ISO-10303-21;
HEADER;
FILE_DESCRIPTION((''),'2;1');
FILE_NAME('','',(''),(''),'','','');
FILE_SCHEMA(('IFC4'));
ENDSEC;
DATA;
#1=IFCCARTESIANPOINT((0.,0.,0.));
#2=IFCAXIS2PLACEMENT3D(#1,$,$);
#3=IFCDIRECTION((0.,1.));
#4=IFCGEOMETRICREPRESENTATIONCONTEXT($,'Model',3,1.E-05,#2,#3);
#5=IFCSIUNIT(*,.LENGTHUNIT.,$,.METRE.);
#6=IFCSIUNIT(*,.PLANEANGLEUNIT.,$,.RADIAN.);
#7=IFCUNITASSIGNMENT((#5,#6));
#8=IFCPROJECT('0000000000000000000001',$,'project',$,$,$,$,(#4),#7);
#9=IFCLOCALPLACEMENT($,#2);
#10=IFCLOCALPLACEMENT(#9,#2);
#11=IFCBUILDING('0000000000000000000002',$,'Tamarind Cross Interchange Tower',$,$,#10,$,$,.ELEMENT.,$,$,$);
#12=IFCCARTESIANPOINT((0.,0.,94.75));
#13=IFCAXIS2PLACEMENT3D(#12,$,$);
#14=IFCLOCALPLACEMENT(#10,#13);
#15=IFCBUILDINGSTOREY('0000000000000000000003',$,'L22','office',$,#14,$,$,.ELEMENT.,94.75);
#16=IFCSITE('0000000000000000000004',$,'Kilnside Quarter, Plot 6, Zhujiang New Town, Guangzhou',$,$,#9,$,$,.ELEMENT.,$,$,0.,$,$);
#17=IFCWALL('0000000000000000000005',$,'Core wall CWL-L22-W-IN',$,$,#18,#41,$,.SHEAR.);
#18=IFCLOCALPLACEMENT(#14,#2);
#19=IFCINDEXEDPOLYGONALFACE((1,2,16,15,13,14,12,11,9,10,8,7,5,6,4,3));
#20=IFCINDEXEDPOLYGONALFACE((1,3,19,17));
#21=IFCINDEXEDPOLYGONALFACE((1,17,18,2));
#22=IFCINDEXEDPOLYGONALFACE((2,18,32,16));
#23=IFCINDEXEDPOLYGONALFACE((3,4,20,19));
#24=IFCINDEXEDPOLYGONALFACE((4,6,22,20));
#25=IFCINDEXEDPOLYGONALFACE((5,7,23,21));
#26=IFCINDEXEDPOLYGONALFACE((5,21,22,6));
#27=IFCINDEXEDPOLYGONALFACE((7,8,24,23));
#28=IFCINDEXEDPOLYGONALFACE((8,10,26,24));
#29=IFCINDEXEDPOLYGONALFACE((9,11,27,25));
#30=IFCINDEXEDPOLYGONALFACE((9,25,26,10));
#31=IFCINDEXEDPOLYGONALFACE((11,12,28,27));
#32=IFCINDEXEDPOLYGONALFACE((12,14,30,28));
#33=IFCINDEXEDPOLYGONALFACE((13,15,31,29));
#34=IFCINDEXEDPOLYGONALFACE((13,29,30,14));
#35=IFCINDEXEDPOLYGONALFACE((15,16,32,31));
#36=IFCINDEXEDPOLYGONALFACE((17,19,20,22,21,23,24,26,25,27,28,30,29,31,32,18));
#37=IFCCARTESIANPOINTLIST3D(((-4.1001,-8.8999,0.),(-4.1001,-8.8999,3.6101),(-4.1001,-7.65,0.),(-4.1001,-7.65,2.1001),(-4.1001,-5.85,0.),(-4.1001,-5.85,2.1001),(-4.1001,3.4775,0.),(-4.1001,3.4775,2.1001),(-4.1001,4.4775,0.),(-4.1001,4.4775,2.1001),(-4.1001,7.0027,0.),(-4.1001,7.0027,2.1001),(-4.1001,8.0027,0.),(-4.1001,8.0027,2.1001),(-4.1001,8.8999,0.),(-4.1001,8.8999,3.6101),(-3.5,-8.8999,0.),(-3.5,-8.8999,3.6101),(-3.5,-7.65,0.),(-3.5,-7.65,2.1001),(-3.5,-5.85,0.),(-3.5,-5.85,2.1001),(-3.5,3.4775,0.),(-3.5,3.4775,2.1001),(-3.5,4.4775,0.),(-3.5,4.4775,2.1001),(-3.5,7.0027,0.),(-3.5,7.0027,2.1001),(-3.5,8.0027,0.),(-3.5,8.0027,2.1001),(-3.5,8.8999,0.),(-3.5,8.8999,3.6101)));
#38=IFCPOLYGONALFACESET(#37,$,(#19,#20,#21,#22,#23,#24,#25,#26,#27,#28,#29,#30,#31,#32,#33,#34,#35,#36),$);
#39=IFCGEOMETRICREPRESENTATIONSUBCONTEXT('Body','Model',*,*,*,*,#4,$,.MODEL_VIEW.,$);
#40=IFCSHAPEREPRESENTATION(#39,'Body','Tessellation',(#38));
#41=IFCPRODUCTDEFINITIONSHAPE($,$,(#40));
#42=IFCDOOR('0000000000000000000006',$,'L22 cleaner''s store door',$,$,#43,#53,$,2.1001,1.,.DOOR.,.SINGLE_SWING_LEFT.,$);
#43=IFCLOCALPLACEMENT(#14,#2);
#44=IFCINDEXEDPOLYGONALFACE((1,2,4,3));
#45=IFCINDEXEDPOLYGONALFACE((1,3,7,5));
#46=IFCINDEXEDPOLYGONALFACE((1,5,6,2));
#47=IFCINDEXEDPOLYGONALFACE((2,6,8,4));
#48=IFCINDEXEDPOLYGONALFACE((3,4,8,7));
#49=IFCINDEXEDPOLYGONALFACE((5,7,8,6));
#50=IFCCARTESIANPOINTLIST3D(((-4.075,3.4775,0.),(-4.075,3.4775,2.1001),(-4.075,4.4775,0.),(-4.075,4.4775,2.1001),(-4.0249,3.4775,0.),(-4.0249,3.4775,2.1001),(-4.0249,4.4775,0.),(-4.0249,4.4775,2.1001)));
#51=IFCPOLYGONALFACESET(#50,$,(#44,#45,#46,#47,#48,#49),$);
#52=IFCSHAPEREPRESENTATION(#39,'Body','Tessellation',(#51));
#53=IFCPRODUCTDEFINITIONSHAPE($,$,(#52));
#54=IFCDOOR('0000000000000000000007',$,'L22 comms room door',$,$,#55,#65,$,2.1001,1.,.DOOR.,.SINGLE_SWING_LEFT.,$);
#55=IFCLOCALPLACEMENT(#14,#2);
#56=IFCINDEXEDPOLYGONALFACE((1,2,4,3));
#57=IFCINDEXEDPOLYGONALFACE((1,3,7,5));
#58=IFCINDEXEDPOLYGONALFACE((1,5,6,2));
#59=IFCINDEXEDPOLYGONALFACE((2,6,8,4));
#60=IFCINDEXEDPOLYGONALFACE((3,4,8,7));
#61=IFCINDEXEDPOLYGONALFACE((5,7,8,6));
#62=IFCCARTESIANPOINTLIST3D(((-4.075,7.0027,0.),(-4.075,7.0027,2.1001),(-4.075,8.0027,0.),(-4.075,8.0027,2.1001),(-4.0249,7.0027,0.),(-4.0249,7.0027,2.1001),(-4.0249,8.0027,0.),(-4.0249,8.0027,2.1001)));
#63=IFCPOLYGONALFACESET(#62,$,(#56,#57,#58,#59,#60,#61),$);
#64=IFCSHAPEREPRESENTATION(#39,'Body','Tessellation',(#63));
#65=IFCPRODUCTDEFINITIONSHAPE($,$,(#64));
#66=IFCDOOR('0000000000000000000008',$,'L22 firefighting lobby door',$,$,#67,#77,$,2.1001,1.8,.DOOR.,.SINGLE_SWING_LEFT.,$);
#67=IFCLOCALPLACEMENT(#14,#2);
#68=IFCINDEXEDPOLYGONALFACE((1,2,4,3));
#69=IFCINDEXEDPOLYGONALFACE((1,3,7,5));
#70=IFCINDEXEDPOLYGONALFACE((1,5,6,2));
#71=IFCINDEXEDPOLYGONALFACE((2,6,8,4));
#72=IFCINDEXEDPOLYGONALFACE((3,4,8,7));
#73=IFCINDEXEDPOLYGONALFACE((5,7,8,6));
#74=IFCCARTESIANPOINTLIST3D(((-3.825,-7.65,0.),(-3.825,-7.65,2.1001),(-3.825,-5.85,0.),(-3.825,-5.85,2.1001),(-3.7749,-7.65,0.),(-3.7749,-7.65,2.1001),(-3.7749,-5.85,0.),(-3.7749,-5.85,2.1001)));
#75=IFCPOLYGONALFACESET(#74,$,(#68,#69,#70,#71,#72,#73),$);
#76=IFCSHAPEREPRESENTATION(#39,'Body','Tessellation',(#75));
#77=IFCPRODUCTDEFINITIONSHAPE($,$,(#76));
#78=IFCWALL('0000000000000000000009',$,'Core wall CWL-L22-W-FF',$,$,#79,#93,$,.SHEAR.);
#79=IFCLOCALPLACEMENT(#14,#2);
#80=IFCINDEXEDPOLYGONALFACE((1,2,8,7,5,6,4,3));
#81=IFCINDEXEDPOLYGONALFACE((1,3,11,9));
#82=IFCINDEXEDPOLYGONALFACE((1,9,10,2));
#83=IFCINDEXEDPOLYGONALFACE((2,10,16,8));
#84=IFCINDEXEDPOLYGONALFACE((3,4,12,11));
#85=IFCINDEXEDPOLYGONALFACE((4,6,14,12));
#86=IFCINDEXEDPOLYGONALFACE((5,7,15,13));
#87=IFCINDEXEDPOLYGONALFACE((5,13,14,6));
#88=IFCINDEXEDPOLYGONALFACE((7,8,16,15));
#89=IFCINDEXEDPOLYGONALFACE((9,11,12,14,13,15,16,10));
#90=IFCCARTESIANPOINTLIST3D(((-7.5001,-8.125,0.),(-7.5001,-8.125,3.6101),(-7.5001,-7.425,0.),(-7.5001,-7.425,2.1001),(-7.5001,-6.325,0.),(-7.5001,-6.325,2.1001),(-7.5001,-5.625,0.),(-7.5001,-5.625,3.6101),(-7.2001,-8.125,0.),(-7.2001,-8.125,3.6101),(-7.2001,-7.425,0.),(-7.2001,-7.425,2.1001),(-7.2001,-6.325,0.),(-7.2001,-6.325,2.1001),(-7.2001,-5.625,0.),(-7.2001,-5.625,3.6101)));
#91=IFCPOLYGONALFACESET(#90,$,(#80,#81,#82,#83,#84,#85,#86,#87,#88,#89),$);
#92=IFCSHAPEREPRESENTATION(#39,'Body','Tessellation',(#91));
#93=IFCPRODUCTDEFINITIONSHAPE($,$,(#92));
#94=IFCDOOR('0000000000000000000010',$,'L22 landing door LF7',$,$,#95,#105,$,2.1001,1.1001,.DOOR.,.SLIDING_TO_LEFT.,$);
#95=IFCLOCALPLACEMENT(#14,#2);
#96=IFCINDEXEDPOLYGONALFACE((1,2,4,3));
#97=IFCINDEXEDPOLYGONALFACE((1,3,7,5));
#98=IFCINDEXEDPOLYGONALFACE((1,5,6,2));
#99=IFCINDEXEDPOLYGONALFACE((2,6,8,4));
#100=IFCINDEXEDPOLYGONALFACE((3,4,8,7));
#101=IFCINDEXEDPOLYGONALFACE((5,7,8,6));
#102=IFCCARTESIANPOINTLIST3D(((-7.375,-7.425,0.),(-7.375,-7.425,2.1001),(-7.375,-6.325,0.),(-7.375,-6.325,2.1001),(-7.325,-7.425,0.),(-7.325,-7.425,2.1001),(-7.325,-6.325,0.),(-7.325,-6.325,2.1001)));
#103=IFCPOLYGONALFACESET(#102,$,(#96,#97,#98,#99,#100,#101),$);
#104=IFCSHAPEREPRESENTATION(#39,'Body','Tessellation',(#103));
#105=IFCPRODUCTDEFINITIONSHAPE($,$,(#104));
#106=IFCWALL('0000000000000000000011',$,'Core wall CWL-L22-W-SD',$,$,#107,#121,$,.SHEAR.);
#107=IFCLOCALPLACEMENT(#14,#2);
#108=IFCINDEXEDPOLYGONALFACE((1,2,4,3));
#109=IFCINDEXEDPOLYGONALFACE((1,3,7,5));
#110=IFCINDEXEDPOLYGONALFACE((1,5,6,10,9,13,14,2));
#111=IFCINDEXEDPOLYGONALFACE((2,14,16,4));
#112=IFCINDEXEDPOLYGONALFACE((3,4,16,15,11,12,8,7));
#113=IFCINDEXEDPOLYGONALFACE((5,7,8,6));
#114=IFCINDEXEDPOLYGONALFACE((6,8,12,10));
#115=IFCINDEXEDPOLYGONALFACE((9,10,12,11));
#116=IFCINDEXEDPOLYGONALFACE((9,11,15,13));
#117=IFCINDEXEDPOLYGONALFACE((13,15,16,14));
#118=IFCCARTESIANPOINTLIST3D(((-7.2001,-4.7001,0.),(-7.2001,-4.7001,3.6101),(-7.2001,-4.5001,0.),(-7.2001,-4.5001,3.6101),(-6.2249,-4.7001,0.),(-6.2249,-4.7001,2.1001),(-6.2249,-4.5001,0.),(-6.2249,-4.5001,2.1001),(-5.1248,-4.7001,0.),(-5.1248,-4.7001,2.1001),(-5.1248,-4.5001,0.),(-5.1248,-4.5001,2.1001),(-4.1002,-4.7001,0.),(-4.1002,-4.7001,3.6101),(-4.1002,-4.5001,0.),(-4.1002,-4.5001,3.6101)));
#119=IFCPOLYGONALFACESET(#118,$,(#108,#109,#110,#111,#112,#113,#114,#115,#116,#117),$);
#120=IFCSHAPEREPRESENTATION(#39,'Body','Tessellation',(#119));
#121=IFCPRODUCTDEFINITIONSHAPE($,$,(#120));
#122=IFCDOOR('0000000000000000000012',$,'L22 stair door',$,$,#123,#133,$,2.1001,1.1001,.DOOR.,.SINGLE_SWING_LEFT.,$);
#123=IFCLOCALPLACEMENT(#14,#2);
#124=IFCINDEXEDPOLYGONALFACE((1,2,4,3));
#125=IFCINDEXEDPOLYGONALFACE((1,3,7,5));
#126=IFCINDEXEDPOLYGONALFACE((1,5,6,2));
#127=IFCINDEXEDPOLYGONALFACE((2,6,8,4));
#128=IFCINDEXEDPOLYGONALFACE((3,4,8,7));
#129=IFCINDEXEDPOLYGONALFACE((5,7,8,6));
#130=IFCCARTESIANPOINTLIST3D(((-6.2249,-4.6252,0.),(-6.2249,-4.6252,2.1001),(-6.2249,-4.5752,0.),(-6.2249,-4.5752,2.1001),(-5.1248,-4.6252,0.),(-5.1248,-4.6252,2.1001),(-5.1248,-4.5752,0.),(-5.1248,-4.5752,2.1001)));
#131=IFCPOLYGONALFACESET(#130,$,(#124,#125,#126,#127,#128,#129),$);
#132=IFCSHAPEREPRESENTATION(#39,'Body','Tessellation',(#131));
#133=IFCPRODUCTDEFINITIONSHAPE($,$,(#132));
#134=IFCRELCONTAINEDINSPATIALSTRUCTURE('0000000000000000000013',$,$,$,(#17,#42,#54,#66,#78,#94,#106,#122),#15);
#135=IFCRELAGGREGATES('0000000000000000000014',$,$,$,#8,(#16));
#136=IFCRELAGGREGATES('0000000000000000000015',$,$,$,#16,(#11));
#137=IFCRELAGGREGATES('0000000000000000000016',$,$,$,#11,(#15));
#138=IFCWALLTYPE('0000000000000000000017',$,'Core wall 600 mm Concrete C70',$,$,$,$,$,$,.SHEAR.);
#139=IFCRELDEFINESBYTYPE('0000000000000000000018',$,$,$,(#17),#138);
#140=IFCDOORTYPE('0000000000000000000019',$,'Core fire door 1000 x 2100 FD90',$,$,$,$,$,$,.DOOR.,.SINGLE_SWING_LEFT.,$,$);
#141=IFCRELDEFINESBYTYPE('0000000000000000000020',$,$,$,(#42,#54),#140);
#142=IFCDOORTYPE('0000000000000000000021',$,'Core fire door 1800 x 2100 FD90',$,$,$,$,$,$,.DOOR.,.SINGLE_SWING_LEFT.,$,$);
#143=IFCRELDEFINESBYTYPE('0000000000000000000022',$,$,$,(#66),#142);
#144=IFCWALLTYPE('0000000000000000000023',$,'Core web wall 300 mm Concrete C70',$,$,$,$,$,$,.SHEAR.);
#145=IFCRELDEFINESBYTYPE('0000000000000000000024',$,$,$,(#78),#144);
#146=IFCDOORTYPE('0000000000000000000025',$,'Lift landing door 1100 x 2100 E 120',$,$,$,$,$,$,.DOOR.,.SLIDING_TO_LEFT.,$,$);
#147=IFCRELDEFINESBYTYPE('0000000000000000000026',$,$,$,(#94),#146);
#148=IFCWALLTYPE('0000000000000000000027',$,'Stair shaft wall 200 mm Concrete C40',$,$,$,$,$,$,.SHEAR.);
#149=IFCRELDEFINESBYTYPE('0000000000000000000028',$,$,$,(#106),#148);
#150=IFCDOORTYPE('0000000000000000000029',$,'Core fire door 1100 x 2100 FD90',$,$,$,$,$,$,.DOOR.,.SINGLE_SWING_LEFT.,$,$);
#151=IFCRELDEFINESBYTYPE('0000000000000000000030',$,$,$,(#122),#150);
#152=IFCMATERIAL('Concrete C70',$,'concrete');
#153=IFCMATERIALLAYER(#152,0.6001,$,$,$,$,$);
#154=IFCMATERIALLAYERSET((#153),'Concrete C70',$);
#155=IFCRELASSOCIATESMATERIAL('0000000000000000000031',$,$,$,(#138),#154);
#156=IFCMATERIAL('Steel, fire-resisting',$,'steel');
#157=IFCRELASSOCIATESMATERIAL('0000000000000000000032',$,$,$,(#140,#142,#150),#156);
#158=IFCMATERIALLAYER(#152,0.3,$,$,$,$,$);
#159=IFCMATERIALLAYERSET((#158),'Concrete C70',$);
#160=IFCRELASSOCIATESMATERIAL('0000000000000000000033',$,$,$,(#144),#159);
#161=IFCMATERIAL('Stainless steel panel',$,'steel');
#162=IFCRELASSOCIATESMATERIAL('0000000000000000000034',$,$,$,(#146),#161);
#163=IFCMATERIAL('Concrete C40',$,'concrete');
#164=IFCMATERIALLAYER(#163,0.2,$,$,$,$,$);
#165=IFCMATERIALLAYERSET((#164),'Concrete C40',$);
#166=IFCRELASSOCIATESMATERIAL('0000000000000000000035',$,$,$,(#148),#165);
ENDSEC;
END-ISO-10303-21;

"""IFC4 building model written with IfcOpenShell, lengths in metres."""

from ifc_helpers import new_model, si_unit, direction, frame, frame_2d, origin, place, context, subcontext, project, spatial, rectangle, extrude, material, layer, layer_set, type_object, element, fill, save


model = new_model("IFC4")

# Units and contexts
model_context = context("Model", 3, precision=1e-05, world=origin(), true_north=direction((0.0, 1.0)))
body_context = subcontext(model_context, "Body", "Model", "MODEL_VIEW")
ifc_project = project(units=[si_unit("LENGTHUNIT", "METRE"), si_unit("PLANEANGLEUNIT", "RADIAN")], contexts=[model_context])

# Site, building, storey
site_placement = place(None, origin())
site = spatial("IfcSite", under=ifc_project, at=site_placement, Name="Kilnside Quarter, Plot 6, Zhujiang New Town, Guangzhou", CompositionType="ELEMENT", RefElevation=0.0)
building_placement = place(site_placement, origin())
building = spatial("IfcBuilding", under=site, at=building_placement, Name="Tamarind Cross Interchange Tower", CompositionType="ELEMENT")
storey_placement = place(building_placement, frame((0.0, 0.0, 94.75)))
storey = spatial("IfcBuildingStorey", under=building, at=storey_placement, Name="L22", Description="office", CompositionType="ELEMENT", Elevation=94.75)

# Wall, openings, doors
ifc_material_1 = material(Name="Concrete C70", Category="concrete")
ifc_layer_1 = layer(ifc_material_1, 0.6001)
ifc_layer_set_1 = layer_set([ifc_layer_1], Name="Concrete C70")
wall_type_1 = type_object("IfcWallType", Name="Core wall 600 mm Concrete C70", PredefinedType="SHEAR", material=ifc_layer_set_1)
wall_1_placement = place(storey_placement, frame((-3.8, -8.8999, 0.0), z_axis=(0.0, 0.0, 1.0), x_axis=(0.0, 1.0, 0.0)))
wall_1 = element("IfcWall", 1, at=wall_1_placement, inside=storey, type_object=wall_type_1, Name="Core wall CWL-L22-W-IN", PredefinedType="SHEAR", context=body_context, shape_type="SweptSolid", body=[
    extrude(rectangle(XDim=17.7998, YDim=0.6001, at=frame_2d((8.8999, 0.0))), origin(), (0.0, 0.0, 1.0), 3.6101),
])
opening_1_placement = place(wall_1_placement, frame((1.25, 0.0, 0.0)))
opening_1 = element("IfcOpeningElement", 2, at=opening_1_placement, cuts=wall_1, PredefinedType="OPENING", context=body_context, shape_type="SweptSolid", body=[
    extrude(rectangle(XDim=1.8, YDim=2.1001, at=frame_2d((0.8999, 1.05))), frame((0.0, 0.3101, 0.0), z_axis=(0.0, -1.0, 0.0), x_axis=(1.0, 0.0, 0.0)), (0.0, 0.0, 1.0), 0.6201),
])
opening_2_placement = place(wall_1_placement, frame((12.3774, 0.0, 0.0)))
opening_2 = element("IfcOpeningElement", 3, at=opening_2_placement, cuts=wall_1, PredefinedType="OPENING", context=body_context, shape_type="SweptSolid", body=[
    extrude(rectangle(XDim=1.0, YDim=2.1001, at=frame_2d((0.5, 1.05))), frame((0.0, 0.3101, 0.0), z_axis=(0.0, -1.0, 0.0), x_axis=(1.0, 0.0, 0.0)), (0.0, 0.0, 1.0), 0.6201),
])
opening_3_placement = place(wall_1_placement, frame((15.9026, 0.0, 0.0)))
opening_3 = element("IfcOpeningElement", 4, at=opening_3_placement, cuts=wall_1, PredefinedType="OPENING", context=body_context, shape_type="SweptSolid", body=[
    extrude(rectangle(XDim=1.0, YDim=2.1001, at=frame_2d((0.5, 1.05))), frame((0.0, 0.3101, 0.0), z_axis=(0.0, -1.0, 0.0), x_axis=(1.0, 0.0, 0.0)), (0.0, 0.0, 1.0), 0.6201),
])
ifc_material_2 = material(Name="Steel, fire-resisting", Category="steel")
door_type_1 = type_object("IfcDoorType", Name="Core fire door 1000 x 2100 FD90", OperationType="SINGLE_SWING_LEFT", PredefinedType="DOOR", material=ifc_material_2)
door_1_placement = place(opening_2_placement, origin())
door_1 = element("IfcDoor", 5, at=door_1_placement, inside=storey, type_object=door_type_1, Name="L22 cleaner's store door", OperationType="SINGLE_SWING_LEFT", OverallHeight=2.1001, OverallWidth=1.0, PredefinedType="DOOR", context=body_context, shape_type="SweptSolid", body=[
    extrude(rectangle(XDim=1.0, YDim=2.1001, at=frame_2d((0.5, 1.05))), frame((0.0, 0.2749, 0.0), z_axis=(0.0, -1.0, 0.0), x_axis=(1.0, 0.0, 0.0)), (0.0, 0.0, 1.0), 0.05),
])
fill(opening_2, door_1)
door_2_placement = place(opening_3_placement, origin())
door_2 = element("IfcDoor", 6, at=door_2_placement, inside=storey, type_object=door_type_1, Name="L22 comms room door", OperationType="SINGLE_SWING_LEFT", OverallHeight=2.1001, OverallWidth=1.0, PredefinedType="DOOR", context=body_context, shape_type="SweptSolid", body=[
    extrude(rectangle(XDim=1.0, YDim=2.1001, at=frame_2d((0.5, 1.05))), frame((0.0, 0.2749, 0.0), z_axis=(0.0, -1.0, 0.0), x_axis=(1.0, 0.0, 0.0)), (0.0, 0.0, 1.0), 0.05),
])
fill(opening_3, door_2)
door_type_2 = type_object("IfcDoorType", Name="Core fire door 1800 x 2100 FD90", OperationType="SINGLE_SWING_LEFT", PredefinedType="DOOR", material=ifc_material_2)
door_3_placement = place(opening_1_placement, origin())
door_3 = element("IfcDoor", 7, at=door_3_placement, inside=storey, type_object=door_type_2, Name="L22 firefighting lobby door", OperationType="SINGLE_SWING_LEFT", OverallHeight=2.1001, OverallWidth=1.8, PredefinedType="DOOR", context=body_context, shape_type="SweptSolid", body=[
    extrude(rectangle(XDim=1.8, YDim=2.1001, at=frame_2d((0.8999, 1.05))), frame((0.0, 0.0249, 0.0), z_axis=(0.0, -1.0, 0.0), x_axis=(1.0, 0.0, 0.0)), (0.0, 0.0, 1.0), 0.05),
])
fill(opening_1, door_3)

# Walls, openings, doors
ifc_layer_2 = layer(ifc_material_1, 0.3)
ifc_layer_set_2 = layer_set([ifc_layer_2], Name="Concrete C70")
wall_type_2 = type_object("IfcWallType", Name="Core web wall 300 mm Concrete C70", PredefinedType="SHEAR", material=ifc_layer_set_2)
wall_2_placement = place(storey_placement, frame((-7.3501, -8.125, 0.0), z_axis=(0.0, 0.0, 1.0), x_axis=(0.0, 1.0, 0.0)))
wall_2 = element("IfcWall", 8, at=wall_2_placement, inside=storey, type_object=wall_type_2, Name="Core wall CWL-L22-W-FF", PredefinedType="SHEAR", context=body_context, shape_type="SweptSolid", body=[
    extrude(rectangle(XDim=2.5, YDim=0.3, at=frame_2d((1.25, 0.0))), origin(), (0.0, 0.0, 1.0), 3.6101),
])
opening_4_placement = place(wall_2_placement, frame((0.7, 0.0, 0.0)))
opening_4 = element("IfcOpeningElement", 9, at=opening_4_placement, cuts=wall_2, PredefinedType="OPENING", context=body_context, shape_type="SweptSolid", body=[
    extrude(rectangle(XDim=1.1001, YDim=2.1001, at=frame_2d((0.55, 1.05))), frame((0.0, 0.1599, 0.0), z_axis=(0.0, -1.0, 0.0), x_axis=(1.0, 0.0, 0.0)), (0.0, 0.0, 1.0), 0.3201),
])
ifc_material_3 = material(Name="Stainless steel panel", Category="steel")
door_type_3 = type_object("IfcDoorType", Name="Lift landing door 1100 x 2100 E 120", OperationType="SLIDING_TO_LEFT", PredefinedType="DOOR", material=ifc_material_3)
door_4_placement = place(opening_4_placement, origin())
door_4 = element("IfcDoor", 10, at=door_4_placement, inside=storey, type_object=door_type_3, Name="L22 landing door LF7", OperationType="SLIDING_TO_LEFT", OverallHeight=2.1001, OverallWidth=1.1001, PredefinedType="DOOR", context=body_context, shape_type="SweptSolid", body=[
    extrude(rectangle(XDim=1.1001, YDim=2.1001, at=frame_2d((0.55, 1.05))), frame((0.0, 0.0249, 0.0), z_axis=(0.0, -1.0, 0.0), x_axis=(1.0, 0.0, 0.0)), (0.0, 0.0, 1.0), 0.05),
])
fill(opening_4, door_4)
ifc_material_4 = material(Name="Concrete C40", Category="concrete")
ifc_layer_3 = layer(ifc_material_4, 0.2)
ifc_layer_set_3 = layer_set([ifc_layer_3], Name="Concrete C40")
wall_type_3 = type_object("IfcWallType", Name="Stair shaft wall 200 mm Concrete C40", PredefinedType="SHEAR", material=ifc_layer_set_3)
wall_3_placement = place(storey_placement, frame((-7.2, -4.6001, 0.0), z_axis=(0.0, 0.0, 1.0), x_axis=(1.0, 0.0, 0.0)))
wall_3 = element("IfcWall", 11, at=wall_3_placement, inside=storey, type_object=wall_type_3, Name="Core wall CWL-L22-W-SD", PredefinedType="SHEAR", context=body_context, shape_type="SweptSolid", body=[
    extrude(rectangle(XDim=3.0999, YDim=0.2, at=frame_2d((1.5498, 0.0))), origin(), (0.0, 0.0, 1.0), 3.6101),
])
opening_5_placement = place(wall_3_placement, frame((0.9751, 0.0, 0.0)))
opening_5 = element("IfcOpeningElement", 12, at=opening_5_placement, cuts=wall_3, PredefinedType="OPENING", context=body_context, shape_type="SweptSolid", body=[
    extrude(rectangle(XDim=1.1001, YDim=2.1001, at=frame_2d((0.55, 1.05))), frame((0.0, 0.1099, 0.0), z_axis=(0.0, -1.0, 0.0), x_axis=(1.0, 0.0, 0.0)), (0.0, 0.0, 1.0), 0.22),
])
door_type_4 = type_object("IfcDoorType", Name="Core fire door 1100 x 2100 FD90", OperationType="SINGLE_SWING_LEFT", PredefinedType="DOOR", material=ifc_material_2)
door_5_placement = place(opening_5_placement, origin())
door_5 = element("IfcDoor", 13, at=door_5_placement, inside=storey, type_object=door_type_4, Name="L22 stair door", OperationType="SINGLE_SWING_LEFT", OverallHeight=2.1001, OverallWidth=1.1001, PredefinedType="DOOR", context=body_context, shape_type="SweptSolid", body=[
    extrude(rectangle(XDim=1.1001, YDim=2.1001, at=frame_2d((0.55, 1.05))), frame((0.0, 0.0249, 0.0), z_axis=(0.0, -1.0, 0.0), x_axis=(1.0, 0.0, 0.0)), (0.0, 0.0, 1.0), 0.05),
])
fill(opening_5, door_5)

save(model, "model.ifc")
